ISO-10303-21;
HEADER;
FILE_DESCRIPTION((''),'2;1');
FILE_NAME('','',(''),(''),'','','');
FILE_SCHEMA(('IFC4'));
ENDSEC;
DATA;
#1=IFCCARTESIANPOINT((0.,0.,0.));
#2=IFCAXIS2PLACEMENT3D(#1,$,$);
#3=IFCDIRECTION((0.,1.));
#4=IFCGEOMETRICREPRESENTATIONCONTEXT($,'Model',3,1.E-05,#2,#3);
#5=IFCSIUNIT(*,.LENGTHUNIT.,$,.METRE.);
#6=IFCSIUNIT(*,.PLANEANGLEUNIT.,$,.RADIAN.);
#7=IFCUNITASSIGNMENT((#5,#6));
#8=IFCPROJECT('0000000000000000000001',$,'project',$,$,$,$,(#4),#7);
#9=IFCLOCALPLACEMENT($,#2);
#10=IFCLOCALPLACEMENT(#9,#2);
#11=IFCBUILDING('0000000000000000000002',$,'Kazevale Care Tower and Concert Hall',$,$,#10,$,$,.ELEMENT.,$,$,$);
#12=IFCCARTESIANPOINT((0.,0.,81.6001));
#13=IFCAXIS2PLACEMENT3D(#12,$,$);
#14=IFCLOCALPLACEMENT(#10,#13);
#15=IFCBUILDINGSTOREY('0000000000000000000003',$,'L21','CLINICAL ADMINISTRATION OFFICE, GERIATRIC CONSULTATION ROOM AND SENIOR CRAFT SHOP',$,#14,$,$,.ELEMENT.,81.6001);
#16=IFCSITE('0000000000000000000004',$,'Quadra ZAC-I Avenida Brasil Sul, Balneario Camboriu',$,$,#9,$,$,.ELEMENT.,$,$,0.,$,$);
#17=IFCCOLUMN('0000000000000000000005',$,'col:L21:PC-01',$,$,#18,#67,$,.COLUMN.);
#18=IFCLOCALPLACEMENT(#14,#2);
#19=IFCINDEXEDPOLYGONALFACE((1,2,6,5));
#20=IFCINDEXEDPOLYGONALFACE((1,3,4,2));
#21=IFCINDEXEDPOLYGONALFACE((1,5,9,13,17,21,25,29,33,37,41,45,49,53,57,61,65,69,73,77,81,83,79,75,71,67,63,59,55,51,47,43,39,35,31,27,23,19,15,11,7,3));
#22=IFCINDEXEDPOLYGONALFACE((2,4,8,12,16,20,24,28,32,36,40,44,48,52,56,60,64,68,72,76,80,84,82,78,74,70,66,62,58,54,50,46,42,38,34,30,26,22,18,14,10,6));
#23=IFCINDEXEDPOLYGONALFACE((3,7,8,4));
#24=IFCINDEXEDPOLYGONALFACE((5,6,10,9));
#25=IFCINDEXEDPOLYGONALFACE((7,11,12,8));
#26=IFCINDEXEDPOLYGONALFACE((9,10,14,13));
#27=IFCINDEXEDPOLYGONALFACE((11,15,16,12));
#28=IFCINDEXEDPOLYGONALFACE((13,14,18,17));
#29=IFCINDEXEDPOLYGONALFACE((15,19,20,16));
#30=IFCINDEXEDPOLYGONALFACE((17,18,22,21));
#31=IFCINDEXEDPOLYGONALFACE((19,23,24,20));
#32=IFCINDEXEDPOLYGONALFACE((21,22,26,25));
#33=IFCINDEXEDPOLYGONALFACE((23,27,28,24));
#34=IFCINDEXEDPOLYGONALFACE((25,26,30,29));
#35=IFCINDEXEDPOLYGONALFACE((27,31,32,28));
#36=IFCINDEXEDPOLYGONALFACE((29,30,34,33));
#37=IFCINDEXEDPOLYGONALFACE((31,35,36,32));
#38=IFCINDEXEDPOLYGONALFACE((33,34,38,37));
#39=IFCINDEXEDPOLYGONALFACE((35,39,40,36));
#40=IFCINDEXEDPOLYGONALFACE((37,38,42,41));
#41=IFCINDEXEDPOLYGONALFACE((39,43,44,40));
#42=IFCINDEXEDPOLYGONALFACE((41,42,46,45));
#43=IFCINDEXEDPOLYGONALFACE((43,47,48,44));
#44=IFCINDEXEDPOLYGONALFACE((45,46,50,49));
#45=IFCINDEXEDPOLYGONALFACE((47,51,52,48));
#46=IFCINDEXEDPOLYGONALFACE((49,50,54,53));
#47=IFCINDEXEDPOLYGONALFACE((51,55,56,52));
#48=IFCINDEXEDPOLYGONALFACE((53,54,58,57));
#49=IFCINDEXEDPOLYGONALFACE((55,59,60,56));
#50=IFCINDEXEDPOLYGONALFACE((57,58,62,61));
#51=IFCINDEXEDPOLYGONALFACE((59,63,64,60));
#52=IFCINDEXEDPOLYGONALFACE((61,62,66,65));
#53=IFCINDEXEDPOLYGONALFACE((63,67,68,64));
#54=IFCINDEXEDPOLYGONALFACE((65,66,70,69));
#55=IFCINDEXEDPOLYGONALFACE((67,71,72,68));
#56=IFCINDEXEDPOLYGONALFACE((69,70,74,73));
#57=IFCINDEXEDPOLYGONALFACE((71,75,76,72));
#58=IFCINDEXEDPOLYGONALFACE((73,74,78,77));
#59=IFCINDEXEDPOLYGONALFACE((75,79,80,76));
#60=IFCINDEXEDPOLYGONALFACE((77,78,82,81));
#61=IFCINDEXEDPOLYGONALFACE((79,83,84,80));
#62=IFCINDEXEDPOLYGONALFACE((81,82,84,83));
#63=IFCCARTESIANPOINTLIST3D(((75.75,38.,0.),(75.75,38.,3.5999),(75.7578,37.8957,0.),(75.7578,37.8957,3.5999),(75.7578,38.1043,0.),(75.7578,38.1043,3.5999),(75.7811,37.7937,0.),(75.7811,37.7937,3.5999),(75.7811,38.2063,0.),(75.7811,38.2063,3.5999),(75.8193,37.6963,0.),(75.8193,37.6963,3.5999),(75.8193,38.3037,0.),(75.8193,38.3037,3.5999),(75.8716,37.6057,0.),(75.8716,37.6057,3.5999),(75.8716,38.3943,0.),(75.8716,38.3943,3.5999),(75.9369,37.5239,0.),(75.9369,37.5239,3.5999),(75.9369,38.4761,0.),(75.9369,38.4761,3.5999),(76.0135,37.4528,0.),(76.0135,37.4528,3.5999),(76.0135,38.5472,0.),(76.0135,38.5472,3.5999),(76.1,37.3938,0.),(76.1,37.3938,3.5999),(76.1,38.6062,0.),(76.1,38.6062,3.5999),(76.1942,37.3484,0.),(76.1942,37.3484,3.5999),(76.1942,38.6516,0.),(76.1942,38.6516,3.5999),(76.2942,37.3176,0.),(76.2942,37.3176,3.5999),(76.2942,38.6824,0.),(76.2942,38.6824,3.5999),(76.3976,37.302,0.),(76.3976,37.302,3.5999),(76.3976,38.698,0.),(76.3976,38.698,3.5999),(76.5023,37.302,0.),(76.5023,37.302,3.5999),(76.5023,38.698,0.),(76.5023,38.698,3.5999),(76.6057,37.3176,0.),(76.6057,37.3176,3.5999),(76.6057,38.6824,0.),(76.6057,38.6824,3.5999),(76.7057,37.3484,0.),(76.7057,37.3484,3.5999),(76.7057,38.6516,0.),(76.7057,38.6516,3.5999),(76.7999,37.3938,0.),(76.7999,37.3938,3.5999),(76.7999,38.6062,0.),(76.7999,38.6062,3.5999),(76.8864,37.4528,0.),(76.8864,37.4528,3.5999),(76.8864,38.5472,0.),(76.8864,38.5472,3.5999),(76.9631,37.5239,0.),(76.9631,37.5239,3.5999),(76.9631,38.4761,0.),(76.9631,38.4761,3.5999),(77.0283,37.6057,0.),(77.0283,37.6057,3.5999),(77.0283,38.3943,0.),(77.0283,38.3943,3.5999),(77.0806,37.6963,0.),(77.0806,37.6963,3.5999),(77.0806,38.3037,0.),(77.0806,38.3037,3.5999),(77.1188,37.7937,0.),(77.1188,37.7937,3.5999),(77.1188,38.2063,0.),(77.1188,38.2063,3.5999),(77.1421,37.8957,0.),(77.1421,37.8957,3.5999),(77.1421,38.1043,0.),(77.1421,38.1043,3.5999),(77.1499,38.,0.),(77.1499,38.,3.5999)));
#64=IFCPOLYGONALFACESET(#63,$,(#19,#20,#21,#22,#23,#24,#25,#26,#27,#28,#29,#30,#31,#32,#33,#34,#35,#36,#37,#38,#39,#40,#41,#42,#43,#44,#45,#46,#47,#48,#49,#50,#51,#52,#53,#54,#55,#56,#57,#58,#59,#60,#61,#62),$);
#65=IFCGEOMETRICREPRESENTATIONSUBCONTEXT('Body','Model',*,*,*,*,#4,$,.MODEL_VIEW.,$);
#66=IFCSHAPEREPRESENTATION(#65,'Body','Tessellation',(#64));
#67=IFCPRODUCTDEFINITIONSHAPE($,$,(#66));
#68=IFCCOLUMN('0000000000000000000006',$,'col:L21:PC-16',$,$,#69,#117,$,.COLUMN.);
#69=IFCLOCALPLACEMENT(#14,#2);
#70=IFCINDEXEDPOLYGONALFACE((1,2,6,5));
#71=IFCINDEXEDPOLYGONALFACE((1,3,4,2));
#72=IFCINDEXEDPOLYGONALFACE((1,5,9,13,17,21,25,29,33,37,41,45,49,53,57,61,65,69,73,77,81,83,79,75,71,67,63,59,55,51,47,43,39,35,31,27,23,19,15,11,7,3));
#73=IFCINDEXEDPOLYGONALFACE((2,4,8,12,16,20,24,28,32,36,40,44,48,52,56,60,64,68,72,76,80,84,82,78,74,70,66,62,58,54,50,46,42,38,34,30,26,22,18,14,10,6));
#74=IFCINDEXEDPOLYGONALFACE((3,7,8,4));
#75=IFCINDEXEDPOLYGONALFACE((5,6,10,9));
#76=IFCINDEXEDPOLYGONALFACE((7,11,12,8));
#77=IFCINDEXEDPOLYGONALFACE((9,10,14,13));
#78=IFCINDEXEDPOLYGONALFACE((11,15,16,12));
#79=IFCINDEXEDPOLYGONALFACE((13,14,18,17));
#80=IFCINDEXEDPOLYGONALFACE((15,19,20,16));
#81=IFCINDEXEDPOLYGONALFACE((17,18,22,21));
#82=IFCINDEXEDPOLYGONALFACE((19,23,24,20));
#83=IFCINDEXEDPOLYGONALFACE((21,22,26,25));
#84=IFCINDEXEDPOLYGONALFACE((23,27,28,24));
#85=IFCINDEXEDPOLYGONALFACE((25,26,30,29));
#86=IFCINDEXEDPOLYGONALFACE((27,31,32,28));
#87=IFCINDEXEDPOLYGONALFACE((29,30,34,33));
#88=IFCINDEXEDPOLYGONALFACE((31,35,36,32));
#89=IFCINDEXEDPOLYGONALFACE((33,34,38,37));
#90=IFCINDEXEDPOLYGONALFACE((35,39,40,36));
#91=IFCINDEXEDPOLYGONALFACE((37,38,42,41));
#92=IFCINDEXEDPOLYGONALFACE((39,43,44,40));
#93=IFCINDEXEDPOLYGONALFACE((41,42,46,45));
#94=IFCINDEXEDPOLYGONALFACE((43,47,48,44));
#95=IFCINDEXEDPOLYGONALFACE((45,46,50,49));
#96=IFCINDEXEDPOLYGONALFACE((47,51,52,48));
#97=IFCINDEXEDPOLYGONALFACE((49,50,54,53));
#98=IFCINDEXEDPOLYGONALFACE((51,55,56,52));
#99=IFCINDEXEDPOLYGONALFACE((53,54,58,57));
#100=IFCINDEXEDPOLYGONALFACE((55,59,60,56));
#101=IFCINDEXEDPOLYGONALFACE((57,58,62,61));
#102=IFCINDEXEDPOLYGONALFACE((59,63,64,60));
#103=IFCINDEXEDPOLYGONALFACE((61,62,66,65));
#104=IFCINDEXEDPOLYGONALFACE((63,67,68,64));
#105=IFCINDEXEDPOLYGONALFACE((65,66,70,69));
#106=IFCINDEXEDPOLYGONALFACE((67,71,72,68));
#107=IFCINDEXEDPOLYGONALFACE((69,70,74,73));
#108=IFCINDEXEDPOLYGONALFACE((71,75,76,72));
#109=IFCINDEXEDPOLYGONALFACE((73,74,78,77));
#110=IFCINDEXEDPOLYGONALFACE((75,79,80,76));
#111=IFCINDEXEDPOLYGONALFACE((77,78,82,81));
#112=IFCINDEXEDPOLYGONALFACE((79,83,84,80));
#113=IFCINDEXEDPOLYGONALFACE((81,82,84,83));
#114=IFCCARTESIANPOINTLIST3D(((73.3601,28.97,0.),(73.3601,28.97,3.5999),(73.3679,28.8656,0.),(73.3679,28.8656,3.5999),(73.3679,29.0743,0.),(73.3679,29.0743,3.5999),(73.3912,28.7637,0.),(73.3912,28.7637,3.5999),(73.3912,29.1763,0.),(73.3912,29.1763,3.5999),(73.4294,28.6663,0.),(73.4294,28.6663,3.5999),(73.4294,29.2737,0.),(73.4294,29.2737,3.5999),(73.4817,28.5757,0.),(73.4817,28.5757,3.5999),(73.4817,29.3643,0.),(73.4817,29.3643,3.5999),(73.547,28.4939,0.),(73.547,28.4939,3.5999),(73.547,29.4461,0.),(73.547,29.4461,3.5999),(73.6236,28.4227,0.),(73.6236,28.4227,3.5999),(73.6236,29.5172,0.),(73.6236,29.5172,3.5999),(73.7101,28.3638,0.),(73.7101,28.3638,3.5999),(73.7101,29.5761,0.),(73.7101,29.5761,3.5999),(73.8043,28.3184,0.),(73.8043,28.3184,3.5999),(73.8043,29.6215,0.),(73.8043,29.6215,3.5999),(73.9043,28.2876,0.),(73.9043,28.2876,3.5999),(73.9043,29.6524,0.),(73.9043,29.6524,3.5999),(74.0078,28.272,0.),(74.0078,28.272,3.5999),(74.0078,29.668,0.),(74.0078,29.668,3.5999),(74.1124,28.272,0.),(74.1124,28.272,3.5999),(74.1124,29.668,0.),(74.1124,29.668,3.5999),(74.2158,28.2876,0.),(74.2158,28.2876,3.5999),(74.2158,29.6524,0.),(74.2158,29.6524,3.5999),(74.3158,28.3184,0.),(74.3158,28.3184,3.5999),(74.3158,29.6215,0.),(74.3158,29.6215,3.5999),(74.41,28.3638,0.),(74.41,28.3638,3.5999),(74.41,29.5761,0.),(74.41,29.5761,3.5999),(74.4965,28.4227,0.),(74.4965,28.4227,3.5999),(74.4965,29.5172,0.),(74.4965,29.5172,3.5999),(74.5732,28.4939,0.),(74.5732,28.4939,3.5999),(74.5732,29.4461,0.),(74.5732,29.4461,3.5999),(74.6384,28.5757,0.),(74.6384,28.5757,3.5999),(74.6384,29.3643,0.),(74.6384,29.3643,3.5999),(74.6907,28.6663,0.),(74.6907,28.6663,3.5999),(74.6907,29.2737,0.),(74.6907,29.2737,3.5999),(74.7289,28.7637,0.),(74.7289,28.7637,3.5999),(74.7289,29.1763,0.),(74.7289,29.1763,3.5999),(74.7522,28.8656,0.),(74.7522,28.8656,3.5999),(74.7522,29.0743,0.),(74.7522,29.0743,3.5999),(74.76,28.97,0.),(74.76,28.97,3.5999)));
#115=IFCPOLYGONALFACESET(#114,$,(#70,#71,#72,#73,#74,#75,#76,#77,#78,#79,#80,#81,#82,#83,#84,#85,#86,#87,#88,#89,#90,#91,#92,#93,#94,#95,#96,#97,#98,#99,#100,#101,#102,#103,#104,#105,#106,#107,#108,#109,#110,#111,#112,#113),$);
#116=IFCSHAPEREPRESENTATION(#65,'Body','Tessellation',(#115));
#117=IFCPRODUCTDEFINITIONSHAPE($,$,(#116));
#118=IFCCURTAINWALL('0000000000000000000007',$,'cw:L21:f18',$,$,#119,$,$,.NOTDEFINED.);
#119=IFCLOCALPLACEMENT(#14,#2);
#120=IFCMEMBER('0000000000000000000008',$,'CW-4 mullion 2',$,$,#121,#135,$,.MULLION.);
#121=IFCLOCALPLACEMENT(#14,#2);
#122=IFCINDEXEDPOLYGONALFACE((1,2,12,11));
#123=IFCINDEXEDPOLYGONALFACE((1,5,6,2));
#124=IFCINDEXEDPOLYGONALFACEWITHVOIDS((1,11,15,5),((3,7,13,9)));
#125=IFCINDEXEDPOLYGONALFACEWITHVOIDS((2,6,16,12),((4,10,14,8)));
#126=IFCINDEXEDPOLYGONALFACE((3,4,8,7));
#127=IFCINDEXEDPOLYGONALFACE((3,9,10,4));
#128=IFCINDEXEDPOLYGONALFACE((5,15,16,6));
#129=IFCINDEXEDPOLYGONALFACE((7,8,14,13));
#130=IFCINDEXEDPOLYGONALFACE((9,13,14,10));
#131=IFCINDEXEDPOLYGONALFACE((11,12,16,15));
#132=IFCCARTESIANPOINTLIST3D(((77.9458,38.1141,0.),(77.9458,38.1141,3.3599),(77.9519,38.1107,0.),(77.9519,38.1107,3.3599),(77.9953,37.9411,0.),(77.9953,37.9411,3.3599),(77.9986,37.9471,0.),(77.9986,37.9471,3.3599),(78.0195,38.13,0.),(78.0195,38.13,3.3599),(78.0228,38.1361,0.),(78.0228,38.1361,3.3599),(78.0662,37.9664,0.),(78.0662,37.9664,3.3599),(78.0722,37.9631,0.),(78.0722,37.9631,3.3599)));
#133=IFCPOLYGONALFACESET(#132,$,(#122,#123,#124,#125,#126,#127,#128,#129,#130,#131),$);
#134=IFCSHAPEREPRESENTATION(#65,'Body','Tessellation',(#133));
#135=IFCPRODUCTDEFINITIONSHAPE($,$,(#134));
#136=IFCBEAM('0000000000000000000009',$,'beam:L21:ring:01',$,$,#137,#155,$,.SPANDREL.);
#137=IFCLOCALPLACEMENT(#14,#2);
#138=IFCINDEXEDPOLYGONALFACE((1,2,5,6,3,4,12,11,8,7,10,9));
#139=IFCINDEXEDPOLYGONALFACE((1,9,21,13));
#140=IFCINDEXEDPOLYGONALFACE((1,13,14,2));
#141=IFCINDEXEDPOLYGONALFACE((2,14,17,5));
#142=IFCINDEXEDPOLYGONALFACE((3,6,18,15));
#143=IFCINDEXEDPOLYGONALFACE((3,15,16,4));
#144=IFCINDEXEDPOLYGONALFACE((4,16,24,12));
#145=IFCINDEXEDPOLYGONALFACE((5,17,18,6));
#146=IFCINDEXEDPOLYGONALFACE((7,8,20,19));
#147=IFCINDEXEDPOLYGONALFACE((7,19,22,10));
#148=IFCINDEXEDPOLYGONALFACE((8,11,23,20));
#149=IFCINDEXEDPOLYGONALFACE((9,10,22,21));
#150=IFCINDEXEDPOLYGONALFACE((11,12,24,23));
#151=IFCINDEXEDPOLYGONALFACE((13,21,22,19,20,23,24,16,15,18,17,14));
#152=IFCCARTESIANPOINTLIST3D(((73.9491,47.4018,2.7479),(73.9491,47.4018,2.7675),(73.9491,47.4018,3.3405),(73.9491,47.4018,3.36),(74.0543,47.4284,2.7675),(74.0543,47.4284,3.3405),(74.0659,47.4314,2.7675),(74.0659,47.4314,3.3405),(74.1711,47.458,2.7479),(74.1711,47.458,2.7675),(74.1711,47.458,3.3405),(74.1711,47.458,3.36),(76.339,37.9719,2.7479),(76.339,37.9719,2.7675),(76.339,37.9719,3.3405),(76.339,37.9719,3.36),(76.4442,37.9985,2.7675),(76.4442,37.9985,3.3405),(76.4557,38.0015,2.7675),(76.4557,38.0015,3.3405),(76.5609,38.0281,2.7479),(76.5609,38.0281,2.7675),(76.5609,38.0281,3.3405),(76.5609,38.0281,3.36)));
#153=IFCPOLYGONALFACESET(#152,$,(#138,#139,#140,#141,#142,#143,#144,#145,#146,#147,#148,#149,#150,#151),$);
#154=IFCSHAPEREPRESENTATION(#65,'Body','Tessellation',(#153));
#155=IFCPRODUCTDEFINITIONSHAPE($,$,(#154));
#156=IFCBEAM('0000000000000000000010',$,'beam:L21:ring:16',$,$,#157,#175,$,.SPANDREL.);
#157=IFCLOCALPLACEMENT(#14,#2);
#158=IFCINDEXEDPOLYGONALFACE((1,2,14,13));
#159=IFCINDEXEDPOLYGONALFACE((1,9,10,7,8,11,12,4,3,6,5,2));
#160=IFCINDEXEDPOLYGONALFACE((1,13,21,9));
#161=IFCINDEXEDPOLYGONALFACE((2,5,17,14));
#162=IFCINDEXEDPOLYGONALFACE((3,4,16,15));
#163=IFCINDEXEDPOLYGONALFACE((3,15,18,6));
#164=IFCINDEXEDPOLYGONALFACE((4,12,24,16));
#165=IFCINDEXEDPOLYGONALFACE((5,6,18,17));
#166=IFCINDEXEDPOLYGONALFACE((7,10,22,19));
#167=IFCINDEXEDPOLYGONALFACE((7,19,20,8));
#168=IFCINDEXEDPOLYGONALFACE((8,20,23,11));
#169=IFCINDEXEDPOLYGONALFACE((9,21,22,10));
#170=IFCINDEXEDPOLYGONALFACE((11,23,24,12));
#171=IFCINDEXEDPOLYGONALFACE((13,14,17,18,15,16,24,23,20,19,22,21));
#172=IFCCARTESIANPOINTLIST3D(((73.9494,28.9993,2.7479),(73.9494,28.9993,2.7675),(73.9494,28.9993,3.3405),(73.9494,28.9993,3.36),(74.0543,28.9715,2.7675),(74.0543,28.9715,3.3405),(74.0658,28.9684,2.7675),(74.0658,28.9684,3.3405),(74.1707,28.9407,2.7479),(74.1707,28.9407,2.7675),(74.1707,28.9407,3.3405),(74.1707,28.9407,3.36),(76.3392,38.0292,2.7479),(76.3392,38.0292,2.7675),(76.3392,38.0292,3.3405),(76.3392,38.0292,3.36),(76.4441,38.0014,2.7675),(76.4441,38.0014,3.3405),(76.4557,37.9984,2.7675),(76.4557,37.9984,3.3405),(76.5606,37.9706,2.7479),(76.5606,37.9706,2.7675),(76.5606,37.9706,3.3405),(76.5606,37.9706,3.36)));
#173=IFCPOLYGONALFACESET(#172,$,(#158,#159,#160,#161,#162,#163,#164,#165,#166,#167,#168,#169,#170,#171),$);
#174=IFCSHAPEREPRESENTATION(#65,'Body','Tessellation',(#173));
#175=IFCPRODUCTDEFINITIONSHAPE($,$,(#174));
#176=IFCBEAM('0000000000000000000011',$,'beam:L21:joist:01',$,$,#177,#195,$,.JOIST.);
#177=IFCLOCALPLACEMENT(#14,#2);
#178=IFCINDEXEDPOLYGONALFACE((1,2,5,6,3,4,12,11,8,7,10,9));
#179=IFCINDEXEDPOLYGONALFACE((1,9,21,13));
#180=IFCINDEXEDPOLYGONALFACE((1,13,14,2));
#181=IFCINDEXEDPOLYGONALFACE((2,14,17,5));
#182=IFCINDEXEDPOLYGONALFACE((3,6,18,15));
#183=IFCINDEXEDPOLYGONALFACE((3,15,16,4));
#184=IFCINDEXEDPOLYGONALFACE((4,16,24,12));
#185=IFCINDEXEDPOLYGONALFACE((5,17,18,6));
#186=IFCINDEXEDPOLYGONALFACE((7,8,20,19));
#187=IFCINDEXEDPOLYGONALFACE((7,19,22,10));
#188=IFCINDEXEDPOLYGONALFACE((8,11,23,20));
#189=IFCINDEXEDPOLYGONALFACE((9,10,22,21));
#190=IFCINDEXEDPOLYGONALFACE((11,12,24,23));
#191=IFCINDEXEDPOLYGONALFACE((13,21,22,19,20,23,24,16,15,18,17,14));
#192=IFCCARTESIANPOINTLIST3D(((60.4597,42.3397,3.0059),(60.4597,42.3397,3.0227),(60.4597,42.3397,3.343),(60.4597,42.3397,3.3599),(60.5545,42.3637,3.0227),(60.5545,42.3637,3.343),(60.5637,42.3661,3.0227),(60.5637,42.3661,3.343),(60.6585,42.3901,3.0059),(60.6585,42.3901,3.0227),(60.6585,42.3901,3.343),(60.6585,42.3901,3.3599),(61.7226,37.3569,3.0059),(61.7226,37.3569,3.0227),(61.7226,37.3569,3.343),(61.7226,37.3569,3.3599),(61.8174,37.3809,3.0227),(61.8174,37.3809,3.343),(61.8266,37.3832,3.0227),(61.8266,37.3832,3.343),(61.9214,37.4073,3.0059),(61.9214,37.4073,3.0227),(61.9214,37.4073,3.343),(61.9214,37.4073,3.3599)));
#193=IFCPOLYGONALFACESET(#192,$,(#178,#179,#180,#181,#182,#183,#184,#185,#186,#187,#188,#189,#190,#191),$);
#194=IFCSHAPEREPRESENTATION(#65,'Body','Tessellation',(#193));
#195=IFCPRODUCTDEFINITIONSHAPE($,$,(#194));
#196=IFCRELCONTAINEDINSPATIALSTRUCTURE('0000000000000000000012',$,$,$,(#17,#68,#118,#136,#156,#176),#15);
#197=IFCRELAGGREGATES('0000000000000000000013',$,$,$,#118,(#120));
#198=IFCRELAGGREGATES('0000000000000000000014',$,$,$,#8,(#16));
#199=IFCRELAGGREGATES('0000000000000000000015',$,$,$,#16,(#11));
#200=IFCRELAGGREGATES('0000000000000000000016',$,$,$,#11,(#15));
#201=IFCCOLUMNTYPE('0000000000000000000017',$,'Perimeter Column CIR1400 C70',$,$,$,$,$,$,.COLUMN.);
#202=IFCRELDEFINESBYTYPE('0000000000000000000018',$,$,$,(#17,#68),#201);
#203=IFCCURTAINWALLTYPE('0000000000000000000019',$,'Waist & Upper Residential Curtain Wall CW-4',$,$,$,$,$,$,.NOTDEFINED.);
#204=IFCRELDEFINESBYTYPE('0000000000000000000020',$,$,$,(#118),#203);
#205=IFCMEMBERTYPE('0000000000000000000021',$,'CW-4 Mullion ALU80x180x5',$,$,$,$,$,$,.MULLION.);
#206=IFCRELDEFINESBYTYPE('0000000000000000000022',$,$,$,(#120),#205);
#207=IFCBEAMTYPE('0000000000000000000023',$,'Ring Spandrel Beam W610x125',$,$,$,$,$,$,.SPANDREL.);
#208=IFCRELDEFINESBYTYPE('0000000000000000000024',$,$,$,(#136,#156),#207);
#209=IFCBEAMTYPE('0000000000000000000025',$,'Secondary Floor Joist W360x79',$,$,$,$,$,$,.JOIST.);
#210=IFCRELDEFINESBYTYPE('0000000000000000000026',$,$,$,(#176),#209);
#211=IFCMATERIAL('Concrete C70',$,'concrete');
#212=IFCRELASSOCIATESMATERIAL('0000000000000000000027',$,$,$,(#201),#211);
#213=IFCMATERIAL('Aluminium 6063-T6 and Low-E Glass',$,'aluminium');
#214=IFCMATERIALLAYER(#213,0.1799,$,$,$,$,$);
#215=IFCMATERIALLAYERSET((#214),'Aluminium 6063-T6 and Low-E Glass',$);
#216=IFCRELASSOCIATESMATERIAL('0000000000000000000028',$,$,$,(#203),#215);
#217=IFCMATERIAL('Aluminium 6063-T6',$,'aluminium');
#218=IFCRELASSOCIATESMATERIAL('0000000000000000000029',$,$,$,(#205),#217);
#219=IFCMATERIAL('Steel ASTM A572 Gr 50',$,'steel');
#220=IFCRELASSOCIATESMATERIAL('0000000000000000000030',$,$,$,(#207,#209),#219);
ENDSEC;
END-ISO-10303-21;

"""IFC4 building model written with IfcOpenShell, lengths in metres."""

from ifc_helpers import new_model, si_unit, direction, frame, origin, origin_2d, place, context, subcontext, project, spatial, hollow_rectangle, circle, i_section, extrude, material, layer, layer_set, material_profile, profile_set, type_object, element, aggregate, save


model = new_model("IFC4")

# Units and contexts
model_context = context("Model", 3, precision=1e-05, world=origin(), true_north=direction((0.0, 1.0)))
body_context = subcontext(model_context, "Body", "Model", "MODEL_VIEW")
ifc_project = project(units=[si_unit("LENGTHUNIT", "METRE"), si_unit("PLANEANGLEUNIT", "RADIAN")], contexts=[model_context])

# Site, building, storey
site_placement = place(None, origin())
site = spatial("IfcSite", under=ifc_project, at=site_placement, Name="Quadra ZAC-I Avenida Brasil Sul, Balneario Camboriu", CompositionType="ELEMENT", RefElevation=0.0)
building_placement = place(site_placement, origin())
building = spatial("IfcBuilding", under=site, at=building_placement, Name="Kazevale Care Tower and Concert Hall", CompositionType="ELEMENT")
storey_placement = place(building_placement, frame((0.0, 0.0, 81.6001)))
storey = spatial("IfcBuildingStorey", under=building, at=storey_placement, Name="L21", Description="CLINICAL ADMINISTRATION OFFICE, GERIATRIC CONSULTATION ROOM AND SENIOR CRAFT SHOP", CompositionType="ELEMENT", Elevation=81.6001)

# Columns
ifc_material_1 = material(Name="Concrete C70", Category="concrete")
ifc_material_profile_1 = material_profile(ifc_material_1, circle(Radius=0.7, at=origin_2d()), Name="RC-CIR1400")
ifc_profile_set_1 = profile_set([ifc_material_profile_1], Name="Concrete C70")
column_type = type_object("IfcColumnType", Name="Perimeter Column CIR1400 C70", PredefinedType="COLUMN", material=ifc_profile_set_1)
for number, where, z_axis, x_axis, name in (
    (1, (76.45, 38.0, 0.0), (0.0, 0.0, 1.0), (1.0, 0.0, 0.0), "col:L21:PC-01"),
    (2, (74.0601, 28.97, 0.0), (0.0, 0.0, 1.0), (1.0, 0.0, 0.0), "col:L21:PC-16"),
):
    element("IfcColumn", number, at=place(storey_placement, frame(where, z_axis=z_axis, x_axis=x_axis)), inside=storey, type_object=column_type, Name=name, PredefinedType="COLUMN", context=body_context, shape_type="SweptSolid", body=[
        extrude(circle(Radius=0.7, at=origin_2d()), origin(), (0.0, 0.0, 1.0), 3.5999),
    ])

# Curtain wall, member
ifc_material_2 = material(Name="Aluminium 6063-T6 and Low-E Glass", Category="aluminium")
ifc_layer_1 = layer(ifc_material_2, 0.1799)
ifc_layer_set_1 = layer_set([ifc_layer_1], Name="Aluminium 6063-T6 and Low-E Glass")
curtain_wall_type = type_object("IfcCurtainWallType", Name="Waist & Upper Residential Curtain Wall CW-4", PredefinedType="NOTDEFINED", material=ifc_layer_set_1)
curtain_wall_placement = place(storey_placement, origin())
curtain_wall = element("IfcCurtainWall", 3, at=curtain_wall_placement, inside=storey, type_object=curtain_wall_type, Name="cw:L21:f18", PredefinedType="NOTDEFINED")
ifc_material_3 = material(Name="Aluminium 6063-T6", Category="aluminium")
ifc_material_profile_2 = material_profile(ifc_material_3, hollow_rectangle(XDim=0.0801, YDim=0.1799, WallThickness=0.0049, at=origin_2d()), Name="ALU80x180x5")
ifc_profile_set_2 = profile_set([ifc_material_profile_2], Name="Aluminium 6063-T6")
member_type = type_object("IfcMemberType", Name="CW-4 Mullion ALU80x180x5", PredefinedType="MULLION", material=ifc_profile_set_2)
member_placement = place(storey_placement, frame((78.009, 38.0386, 0.0), z_axis=(0.0, 0.0, 1.0), x_axis=(0.961521, 0.274732, 0.0)))
member = element("IfcMember", 4, at=member_placement, type_object=member_type, Name="CW-4 mullion 2", PredefinedType="MULLION", context=body_context, shape_type="SweptSolid", body=[
    extrude(hollow_rectangle(XDim=0.0801, YDim=0.1799, WallThickness=0.0049, at=origin_2d()), origin(), (0.0, 0.0, 1.0), 3.3599),
])

# Beams
ifc_material_4 = material(Name="Steel ASTM A572 Gr 50", Category="steel")
ifc_material_profile_3 = material_profile(ifc_material_4, i_section(OverallWidth=0.229, OverallDepth=0.6121, WebThickness=0.012, FlangeThickness=0.0195, at=origin_2d()), Name="W610x125")
ifc_profile_set_3 = profile_set([ifc_material_profile_3], Name="Steel ASTM A572 Gr 50")
beam_type_1 = type_object("IfcBeamType", Name="Ring Spandrel Beam W610x125", PredefinedType="SPANDREL", material=ifc_profile_set_3)
beam_1_placement = place(storey_placement, frame((76.45, 38.0, 3.054), z_axis=(-0.24567, 0.969354, 0.0), x_axis=(-0.969354, -0.24567, 0.0)))
element("IfcBeam", 5, at=beam_1_placement, inside=storey, type_object=beam_type_1, Name="beam:L21:ring:01", PredefinedType="SPANDREL", context=body_context, shape_type="SweptSolid", body=[
    extrude(i_section(OverallWidth=0.229, OverallDepth=0.6121, WebThickness=0.012, FlangeThickness=0.0195, at=origin_2d()), origin(), (0.0, 0.0, 1.0), 9.728),
])
beam_2_placement = place(storey_placement, frame((74.0601, 28.97, 3.054), z_axis=(0.255852, 0.966716, 0.0), x_axis=(-0.966716, 0.255852, 0.0)))
element("IfcBeam", 6, at=beam_2_placement, inside=storey, type_object=beam_type_1, Name="beam:L21:ring:16", PredefinedType="SPANDREL", context=body_context, shape_type="SweptSolid", body=[
    extrude(i_section(OverallWidth=0.229, OverallDepth=0.6121, WebThickness=0.012, FlangeThickness=0.0195, at=origin_2d()), origin(), (0.0, 0.0, 1.0), 9.3408),
])
ifc_material_profile_4 = material_profile(ifc_material_4, i_section(OverallWidth=0.2051, OverallDepth=0.354, WebThickness=0.0095, FlangeThickness=0.0168, at=origin_2d()), Name="W360x79")
ifc_profile_set_4 = profile_set([ifc_material_profile_4], Name="Steel ASTM A572 Gr 50")
beam_type_2 = type_object("IfcBeamType", Name="Secondary Floor Joist W360x79", PredefinedType="JOIST", material=ifc_profile_set_4)
beam_3_placement = place(storey_placement, frame((61.822, 37.3821, 3.1829), z_axis=(-0.245686, 0.96935, 0.0), x_axis=(-0.96935, -0.245686, 0.0)))
element("IfcBeam", 7, at=beam_3_placement, inside=storey, type_object=beam_type_2, Name="beam:L21:joist:01", PredefinedType="JOIST", context=body_context, shape_type="SweptSolid", body=[
    extrude(i_section(OverallWidth=0.2051, OverallDepth=0.354, WebThickness=0.0095, FlangeThickness=0.0168, at=origin_2d()), origin(), (0.0, 0.0, 1.0), 5.1404),
])

aggregate(curtain_wall, [member])

save(model, "model.ifc")
